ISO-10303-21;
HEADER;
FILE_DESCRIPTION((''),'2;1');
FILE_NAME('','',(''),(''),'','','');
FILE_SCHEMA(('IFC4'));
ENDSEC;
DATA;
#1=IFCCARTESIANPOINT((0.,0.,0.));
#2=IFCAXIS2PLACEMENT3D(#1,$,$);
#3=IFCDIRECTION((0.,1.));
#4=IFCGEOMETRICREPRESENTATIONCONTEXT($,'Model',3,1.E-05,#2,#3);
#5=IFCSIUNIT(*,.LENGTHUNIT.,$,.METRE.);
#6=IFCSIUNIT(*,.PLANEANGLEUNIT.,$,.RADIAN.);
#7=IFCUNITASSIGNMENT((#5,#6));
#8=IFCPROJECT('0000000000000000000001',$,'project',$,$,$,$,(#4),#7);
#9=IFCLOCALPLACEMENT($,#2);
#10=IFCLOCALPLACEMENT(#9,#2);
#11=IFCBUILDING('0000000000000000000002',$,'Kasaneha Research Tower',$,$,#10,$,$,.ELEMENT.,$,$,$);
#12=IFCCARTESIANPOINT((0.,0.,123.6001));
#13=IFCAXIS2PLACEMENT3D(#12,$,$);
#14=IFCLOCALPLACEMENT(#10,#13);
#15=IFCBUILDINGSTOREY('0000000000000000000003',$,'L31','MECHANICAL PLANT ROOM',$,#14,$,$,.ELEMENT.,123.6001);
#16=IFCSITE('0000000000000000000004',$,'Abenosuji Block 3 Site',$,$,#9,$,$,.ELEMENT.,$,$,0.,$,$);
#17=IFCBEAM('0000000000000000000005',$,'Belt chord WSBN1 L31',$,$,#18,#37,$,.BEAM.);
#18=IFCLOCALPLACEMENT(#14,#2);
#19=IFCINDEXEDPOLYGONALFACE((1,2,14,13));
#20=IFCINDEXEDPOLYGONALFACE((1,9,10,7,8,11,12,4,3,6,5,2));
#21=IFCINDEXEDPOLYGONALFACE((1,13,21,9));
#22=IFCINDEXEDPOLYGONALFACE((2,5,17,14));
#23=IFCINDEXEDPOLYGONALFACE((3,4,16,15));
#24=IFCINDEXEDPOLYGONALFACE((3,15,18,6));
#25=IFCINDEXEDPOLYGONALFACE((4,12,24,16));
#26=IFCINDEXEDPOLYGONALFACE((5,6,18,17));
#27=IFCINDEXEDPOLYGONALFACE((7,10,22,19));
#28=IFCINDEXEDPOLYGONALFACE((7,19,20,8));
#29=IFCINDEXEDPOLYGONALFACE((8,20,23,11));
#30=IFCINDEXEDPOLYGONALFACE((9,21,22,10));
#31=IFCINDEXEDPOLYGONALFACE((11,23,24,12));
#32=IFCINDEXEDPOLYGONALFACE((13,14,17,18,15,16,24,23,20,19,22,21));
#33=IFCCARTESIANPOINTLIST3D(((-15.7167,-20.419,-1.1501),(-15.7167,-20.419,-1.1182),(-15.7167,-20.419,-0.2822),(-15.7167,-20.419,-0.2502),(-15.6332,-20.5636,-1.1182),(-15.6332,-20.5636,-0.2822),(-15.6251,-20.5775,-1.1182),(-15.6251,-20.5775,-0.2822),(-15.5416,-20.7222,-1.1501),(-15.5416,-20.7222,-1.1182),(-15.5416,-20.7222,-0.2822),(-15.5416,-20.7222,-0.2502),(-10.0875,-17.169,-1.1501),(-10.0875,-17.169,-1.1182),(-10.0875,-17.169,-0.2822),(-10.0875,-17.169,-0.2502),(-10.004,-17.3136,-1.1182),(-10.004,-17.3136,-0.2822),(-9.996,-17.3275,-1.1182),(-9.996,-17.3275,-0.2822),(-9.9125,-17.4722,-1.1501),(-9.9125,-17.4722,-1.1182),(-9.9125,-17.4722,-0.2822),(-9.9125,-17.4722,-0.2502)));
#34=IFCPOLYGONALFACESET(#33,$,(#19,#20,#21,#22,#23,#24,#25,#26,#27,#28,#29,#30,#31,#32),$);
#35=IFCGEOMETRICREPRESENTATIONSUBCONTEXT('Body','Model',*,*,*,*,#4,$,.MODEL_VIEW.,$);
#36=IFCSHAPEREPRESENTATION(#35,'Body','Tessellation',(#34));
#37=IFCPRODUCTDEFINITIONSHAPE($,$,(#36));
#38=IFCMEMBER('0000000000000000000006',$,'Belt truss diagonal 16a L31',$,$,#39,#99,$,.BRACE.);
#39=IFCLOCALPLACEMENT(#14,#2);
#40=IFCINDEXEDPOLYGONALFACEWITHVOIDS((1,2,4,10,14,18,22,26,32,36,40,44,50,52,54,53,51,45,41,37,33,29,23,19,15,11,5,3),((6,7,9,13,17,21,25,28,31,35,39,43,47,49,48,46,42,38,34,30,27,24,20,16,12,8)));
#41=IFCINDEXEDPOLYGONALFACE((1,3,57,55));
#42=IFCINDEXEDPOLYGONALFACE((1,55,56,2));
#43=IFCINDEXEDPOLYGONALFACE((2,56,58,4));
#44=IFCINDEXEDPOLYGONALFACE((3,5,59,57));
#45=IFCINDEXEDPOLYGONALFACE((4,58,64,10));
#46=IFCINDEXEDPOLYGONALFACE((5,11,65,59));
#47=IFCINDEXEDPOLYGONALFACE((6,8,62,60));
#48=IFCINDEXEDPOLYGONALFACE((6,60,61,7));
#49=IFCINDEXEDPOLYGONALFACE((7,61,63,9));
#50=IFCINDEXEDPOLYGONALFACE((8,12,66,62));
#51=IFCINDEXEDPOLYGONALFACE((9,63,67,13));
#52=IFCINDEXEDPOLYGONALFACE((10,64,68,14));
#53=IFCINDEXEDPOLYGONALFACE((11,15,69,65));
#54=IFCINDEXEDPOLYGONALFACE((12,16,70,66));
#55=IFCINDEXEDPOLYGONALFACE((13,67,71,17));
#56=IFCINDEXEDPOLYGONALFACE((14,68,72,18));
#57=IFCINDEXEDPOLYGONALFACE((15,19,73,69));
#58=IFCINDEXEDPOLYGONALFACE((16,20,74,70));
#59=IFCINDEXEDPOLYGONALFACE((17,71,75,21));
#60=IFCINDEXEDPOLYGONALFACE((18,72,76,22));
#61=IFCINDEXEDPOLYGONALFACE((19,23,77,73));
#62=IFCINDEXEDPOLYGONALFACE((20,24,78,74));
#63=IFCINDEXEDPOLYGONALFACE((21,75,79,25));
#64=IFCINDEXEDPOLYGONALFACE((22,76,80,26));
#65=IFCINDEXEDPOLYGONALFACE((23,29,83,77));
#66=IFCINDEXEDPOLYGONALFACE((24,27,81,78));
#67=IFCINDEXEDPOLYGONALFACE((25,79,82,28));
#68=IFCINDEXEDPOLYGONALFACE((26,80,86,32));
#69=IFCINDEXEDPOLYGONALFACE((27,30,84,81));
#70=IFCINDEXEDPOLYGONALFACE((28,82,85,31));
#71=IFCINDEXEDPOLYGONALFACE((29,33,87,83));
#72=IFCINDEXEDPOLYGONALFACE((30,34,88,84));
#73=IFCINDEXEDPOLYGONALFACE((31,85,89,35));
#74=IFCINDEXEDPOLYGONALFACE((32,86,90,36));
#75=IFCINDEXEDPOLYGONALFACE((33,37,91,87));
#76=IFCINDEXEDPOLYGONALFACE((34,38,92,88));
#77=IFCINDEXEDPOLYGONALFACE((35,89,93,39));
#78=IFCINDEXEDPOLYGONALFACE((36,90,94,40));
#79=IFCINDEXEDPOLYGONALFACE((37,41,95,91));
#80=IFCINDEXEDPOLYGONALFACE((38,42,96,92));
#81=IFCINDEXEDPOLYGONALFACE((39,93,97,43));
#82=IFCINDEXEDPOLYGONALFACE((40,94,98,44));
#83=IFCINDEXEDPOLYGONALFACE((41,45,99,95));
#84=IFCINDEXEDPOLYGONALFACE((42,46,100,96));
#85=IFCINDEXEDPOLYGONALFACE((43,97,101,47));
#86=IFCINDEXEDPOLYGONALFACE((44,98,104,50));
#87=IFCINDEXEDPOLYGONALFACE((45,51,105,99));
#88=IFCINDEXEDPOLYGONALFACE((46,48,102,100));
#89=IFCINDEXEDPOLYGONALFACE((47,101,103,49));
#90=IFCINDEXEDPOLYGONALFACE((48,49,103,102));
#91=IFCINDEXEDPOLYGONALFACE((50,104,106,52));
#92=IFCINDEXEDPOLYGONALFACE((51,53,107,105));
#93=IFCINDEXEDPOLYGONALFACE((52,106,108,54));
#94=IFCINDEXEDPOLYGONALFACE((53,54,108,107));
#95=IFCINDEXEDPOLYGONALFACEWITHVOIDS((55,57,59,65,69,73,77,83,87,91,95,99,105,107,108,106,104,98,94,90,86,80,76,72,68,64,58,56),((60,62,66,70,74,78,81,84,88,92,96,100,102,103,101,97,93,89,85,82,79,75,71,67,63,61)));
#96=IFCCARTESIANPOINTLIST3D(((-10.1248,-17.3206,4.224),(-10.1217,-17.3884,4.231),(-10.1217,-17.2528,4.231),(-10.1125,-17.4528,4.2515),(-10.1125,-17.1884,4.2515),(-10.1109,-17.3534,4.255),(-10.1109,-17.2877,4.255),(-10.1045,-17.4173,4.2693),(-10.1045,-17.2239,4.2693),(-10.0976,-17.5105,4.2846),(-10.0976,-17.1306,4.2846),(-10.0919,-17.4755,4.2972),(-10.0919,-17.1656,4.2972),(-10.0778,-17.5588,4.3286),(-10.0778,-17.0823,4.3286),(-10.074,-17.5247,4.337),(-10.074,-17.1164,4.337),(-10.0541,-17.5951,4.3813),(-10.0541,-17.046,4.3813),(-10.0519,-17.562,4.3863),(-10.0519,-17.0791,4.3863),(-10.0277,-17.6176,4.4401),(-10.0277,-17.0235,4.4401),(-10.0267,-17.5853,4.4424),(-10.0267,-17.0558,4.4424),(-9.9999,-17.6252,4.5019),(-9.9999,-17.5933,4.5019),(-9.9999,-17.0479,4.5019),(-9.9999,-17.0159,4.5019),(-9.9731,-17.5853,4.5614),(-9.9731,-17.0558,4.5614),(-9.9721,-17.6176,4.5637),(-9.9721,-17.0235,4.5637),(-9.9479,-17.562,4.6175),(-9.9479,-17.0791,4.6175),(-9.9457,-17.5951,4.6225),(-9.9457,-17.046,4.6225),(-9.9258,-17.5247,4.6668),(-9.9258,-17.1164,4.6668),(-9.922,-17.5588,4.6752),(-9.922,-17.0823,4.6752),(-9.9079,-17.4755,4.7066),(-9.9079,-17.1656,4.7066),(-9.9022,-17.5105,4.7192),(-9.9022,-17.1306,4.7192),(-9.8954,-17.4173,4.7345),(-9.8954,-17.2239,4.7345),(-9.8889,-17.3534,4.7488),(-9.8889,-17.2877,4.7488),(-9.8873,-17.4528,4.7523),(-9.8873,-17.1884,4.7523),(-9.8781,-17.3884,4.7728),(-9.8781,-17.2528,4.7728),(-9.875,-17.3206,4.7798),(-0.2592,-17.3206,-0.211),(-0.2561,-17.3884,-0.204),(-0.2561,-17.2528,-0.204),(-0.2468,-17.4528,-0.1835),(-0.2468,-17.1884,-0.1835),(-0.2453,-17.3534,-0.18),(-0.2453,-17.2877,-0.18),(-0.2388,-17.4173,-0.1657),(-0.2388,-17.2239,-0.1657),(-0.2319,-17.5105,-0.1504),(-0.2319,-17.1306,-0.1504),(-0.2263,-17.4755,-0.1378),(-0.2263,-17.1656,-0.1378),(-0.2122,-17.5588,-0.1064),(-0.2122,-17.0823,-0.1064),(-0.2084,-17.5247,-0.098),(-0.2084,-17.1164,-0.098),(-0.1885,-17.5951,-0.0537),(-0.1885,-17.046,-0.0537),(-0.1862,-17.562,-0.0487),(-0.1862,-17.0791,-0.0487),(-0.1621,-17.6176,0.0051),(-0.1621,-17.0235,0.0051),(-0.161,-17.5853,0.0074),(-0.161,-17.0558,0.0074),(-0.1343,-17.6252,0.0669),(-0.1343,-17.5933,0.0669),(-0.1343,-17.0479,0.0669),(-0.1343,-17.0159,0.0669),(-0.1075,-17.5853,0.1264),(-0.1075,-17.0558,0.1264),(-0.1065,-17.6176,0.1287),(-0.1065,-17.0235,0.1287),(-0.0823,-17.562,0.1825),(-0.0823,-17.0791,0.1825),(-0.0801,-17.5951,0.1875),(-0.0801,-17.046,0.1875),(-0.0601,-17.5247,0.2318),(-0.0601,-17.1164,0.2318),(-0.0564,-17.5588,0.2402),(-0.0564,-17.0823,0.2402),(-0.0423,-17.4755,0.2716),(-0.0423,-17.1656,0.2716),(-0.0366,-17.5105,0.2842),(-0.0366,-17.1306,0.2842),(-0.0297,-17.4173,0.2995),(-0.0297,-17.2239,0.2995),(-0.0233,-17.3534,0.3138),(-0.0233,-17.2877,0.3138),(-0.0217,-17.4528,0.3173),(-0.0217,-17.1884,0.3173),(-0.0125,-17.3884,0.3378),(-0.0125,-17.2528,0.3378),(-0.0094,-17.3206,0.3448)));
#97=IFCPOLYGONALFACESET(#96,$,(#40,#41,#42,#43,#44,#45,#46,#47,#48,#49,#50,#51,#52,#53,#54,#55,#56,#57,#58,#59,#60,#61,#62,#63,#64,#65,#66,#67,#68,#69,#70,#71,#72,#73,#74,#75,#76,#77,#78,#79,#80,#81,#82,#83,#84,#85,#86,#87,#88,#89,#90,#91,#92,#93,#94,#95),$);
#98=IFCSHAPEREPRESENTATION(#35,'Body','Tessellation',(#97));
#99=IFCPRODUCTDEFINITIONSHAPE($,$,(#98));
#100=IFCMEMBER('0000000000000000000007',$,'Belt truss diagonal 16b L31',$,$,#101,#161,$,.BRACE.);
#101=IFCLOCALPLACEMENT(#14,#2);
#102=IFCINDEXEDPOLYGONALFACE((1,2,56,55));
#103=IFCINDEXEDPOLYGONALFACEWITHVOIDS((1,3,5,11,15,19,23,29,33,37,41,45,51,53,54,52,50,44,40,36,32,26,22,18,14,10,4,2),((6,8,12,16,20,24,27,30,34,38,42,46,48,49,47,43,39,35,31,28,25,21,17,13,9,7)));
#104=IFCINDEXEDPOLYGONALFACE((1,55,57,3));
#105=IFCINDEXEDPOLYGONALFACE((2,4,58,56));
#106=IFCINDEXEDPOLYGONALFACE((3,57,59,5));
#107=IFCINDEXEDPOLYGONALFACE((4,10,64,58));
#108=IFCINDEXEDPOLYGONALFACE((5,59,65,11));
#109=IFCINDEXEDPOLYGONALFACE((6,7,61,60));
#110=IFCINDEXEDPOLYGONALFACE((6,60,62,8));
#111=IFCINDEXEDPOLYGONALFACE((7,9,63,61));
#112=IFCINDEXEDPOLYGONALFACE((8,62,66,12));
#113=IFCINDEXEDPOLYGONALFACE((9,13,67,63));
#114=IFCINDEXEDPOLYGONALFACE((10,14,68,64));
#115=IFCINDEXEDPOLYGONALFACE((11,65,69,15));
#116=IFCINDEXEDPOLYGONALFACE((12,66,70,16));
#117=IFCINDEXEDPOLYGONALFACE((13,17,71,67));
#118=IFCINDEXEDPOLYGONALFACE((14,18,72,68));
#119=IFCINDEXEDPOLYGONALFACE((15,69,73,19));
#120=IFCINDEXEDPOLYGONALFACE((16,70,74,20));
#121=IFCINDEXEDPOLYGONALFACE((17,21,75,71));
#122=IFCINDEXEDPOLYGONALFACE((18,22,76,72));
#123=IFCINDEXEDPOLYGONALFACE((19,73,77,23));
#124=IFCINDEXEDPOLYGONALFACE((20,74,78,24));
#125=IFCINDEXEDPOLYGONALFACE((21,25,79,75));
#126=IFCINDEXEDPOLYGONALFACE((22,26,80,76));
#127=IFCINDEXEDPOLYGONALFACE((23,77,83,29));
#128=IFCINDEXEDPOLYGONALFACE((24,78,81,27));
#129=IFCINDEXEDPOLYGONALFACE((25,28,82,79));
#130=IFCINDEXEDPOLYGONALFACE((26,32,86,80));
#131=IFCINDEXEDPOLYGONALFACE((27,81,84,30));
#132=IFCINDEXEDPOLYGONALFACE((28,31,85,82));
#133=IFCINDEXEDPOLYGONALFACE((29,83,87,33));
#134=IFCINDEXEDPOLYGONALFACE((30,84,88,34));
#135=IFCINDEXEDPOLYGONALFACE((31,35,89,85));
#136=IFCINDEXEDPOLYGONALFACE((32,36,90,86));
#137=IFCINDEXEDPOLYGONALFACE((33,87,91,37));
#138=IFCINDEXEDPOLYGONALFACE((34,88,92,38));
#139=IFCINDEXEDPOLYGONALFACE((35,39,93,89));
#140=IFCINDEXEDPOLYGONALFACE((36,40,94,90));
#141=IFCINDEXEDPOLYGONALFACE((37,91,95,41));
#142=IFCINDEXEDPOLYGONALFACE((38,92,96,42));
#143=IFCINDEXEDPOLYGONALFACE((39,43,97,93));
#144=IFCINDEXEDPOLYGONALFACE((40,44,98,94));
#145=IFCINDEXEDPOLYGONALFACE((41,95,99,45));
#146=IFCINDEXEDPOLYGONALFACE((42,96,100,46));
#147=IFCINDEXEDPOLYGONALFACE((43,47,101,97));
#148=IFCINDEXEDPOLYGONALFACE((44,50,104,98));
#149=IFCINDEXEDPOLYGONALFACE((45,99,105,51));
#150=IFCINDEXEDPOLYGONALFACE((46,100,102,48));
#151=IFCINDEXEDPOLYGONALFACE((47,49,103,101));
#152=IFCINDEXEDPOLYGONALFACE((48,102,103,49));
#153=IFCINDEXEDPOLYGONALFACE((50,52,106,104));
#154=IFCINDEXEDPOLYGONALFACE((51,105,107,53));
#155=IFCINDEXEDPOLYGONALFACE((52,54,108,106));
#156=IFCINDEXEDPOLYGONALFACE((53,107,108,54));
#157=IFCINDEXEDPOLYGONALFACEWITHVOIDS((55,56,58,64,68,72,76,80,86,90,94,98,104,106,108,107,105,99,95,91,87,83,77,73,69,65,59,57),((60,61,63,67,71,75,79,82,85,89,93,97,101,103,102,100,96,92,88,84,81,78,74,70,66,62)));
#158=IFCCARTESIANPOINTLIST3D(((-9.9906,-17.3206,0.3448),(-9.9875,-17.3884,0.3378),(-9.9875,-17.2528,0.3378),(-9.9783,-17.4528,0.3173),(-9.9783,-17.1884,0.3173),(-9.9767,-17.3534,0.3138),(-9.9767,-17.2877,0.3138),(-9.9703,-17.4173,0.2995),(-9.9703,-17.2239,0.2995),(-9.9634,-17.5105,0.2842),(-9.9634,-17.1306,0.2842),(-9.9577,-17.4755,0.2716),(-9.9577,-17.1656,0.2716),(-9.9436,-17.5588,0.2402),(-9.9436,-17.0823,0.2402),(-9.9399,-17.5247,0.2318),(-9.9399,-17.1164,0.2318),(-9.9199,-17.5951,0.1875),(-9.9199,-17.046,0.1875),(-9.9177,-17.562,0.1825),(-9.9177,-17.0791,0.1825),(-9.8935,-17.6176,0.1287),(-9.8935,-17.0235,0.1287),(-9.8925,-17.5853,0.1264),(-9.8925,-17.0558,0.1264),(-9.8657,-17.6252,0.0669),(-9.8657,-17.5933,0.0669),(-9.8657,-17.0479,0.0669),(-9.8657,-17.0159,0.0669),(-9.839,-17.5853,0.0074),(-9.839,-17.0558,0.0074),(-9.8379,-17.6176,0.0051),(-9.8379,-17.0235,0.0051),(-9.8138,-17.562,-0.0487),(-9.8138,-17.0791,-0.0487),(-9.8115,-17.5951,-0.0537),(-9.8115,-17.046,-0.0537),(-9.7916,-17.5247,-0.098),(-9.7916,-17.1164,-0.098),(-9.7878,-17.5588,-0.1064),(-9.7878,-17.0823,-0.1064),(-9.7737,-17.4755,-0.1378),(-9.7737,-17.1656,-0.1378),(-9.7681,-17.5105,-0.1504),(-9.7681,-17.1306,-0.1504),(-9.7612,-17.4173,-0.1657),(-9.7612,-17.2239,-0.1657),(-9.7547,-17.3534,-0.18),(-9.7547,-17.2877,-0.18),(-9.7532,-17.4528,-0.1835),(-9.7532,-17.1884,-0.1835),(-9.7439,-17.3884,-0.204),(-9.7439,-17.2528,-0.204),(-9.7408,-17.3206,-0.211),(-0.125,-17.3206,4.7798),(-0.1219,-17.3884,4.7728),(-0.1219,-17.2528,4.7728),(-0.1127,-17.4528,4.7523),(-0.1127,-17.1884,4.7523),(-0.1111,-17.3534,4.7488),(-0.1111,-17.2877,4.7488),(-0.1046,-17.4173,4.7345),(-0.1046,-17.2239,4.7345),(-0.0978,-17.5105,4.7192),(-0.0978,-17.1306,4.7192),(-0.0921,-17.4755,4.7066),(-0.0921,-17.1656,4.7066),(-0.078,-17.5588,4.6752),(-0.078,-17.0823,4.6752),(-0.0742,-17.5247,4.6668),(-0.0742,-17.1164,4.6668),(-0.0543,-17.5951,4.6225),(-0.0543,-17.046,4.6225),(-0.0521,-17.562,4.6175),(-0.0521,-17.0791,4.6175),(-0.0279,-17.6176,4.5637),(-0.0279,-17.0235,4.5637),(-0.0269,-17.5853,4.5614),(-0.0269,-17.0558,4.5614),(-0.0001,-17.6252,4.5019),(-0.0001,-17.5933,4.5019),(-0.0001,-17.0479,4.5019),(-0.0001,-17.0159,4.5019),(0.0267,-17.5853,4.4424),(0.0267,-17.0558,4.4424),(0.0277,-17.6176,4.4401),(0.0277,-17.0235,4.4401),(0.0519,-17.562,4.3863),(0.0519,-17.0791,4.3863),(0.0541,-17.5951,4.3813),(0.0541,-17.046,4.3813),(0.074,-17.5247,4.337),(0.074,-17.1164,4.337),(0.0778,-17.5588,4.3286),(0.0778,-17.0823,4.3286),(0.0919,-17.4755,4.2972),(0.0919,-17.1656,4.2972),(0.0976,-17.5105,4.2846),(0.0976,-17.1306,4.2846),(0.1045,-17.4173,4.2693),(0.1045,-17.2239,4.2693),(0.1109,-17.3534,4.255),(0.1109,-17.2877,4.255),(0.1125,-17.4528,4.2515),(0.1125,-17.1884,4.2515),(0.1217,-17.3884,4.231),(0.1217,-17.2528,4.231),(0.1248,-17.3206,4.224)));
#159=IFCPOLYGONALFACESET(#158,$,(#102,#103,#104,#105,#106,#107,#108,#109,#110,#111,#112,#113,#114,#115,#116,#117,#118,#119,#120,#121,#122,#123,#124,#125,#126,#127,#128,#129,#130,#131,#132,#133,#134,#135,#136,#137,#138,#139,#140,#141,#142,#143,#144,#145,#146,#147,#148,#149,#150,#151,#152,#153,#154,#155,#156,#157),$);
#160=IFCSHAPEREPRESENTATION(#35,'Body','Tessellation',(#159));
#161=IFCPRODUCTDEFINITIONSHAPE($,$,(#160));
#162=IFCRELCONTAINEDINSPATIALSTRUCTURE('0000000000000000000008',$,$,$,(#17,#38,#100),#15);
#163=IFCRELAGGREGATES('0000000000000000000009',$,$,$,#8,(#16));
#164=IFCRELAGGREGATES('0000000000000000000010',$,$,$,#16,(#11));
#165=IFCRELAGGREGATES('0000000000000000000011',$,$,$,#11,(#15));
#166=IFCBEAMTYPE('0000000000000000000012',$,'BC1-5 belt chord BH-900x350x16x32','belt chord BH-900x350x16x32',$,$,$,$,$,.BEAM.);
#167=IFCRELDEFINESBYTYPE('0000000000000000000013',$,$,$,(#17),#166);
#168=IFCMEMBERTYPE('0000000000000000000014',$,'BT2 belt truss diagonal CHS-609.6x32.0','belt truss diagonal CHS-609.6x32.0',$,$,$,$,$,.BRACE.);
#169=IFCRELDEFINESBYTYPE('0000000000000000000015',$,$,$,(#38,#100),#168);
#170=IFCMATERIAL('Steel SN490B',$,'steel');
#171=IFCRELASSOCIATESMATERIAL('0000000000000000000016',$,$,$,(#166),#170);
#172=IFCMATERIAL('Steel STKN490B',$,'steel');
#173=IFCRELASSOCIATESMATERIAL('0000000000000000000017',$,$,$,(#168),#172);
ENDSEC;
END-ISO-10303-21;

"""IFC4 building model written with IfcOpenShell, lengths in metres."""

from ifc_helpers import new_model, si_unit, direction, frame, origin, origin_2d, place, context, subcontext, project, spatial, hollow_circle, i_section, extrude, material, material_profile, profile_set, type_object, element, save


model = new_model("IFC4")

# Units and contexts
model_context = context("Model", 3, precision=1e-05, world=origin(), true_north=direction((0.0, 1.0)))
body_context = subcontext(model_context, "Body", "Model", "MODEL_VIEW")
ifc_project = project(units=[si_unit("LENGTHUNIT", "METRE"), si_unit("PLANEANGLEUNIT", "RADIAN")], contexts=[model_context])

# Site, building, storey
site_placement = place(None, origin())
site = spatial("IfcSite", under=ifc_project, at=site_placement, Name="Abenosuji Block 3 Site", CompositionType="ELEMENT", RefElevation=0.0)
building_placement = place(site_placement, origin())
building = spatial("IfcBuilding", under=site, at=building_placement, Name="Kasaneha Research Tower", CompositionType="ELEMENT")
storey_placement = place(building_placement, frame((0.0, 0.0, 123.6001)))
storey = spatial("IfcBuildingStorey", under=building, at=storey_placement, Name="L31", Description="MECHANICAL PLANT ROOM", CompositionType="ELEMENT", Elevation=123.6001)

# Beam
ifc_material_1 = material(Name="Steel SN490B", Category="steel")
ifc_material_profile_1 = material_profile(ifc_material_1, i_section(OverallWidth=0.3501, OverallDepth=0.8999, WebThickness=0.0161, FlangeThickness=0.032, at=origin_2d()), Name="BH-900x350x16x32")
ifc_profile_set_1 = profile_set([ifc_material_profile_1], Name="Steel SN490B")
beam_type_1 = type_object("IfcBeamType", Name="BC1-5 belt chord BH-900x350x16x32", Description="belt chord BH-900x350x16x32", PredefinedType="BEAM", material=ifc_profile_set_1)
beam_1_placement = place(storey_placement, frame((-10.0, -17.3206, -0.7002), z_axis=(-0.866025, -0.500001, 0.0), x_axis=(0.500001, -0.866025, 0.0)))
element("IfcBeam", 1, at=beam_1_placement, inside=storey, type_object=beam_type_1, Name="Belt chord WSBN1 L31", PredefinedType="BEAM", context=body_context, shape_type="SweptSolid", body=[
    extrude(i_section(OverallWidth=0.3501, OverallDepth=0.8999, WebThickness=0.0161, FlangeThickness=0.032, at=origin_2d()), origin(), (0.0, 0.0, 1.0), 6.5),
])

# Members
ifc_material_2 = material(Name="Steel STKN490B", Category="steel")
ifc_material_profile_2 = material_profile(ifc_material_2, hollow_circle(Radius=0.3047, WallThickness=0.032, at=origin_2d()), Name="CHS-609.6x32.0")
ifc_profile_set_2 = profile_set([ifc_material_profile_2], Name="Steel STKN490B")
member_type = type_object("IfcMemberType", Name="BT2 belt truss diagonal CHS-609.6x32.0", Description="belt truss diagonal CHS-609.6x32.0", PredefinedType="BRACE", material=ifc_profile_set_2)
for number, where, z_axis, x_axis, name in (
    (2, (-0.1343, -17.3206, 0.0669), (-0.912078, 0.0, 0.410017), (0.0, -1.0, 0.0), "Belt truss diagonal 16a L31"),
    (3, (-9.8657, -17.3206, 0.0669), (0.912078, 0.0, 0.410017), (0.0, 1.0, 0.0), "Belt truss diagonal 16b L31"),
):
    element("IfcMember", number, at=place(storey_placement, frame(where, z_axis=z_axis, x_axis=x_axis)), inside=storey, type_object=member_type, Name=name, PredefinedType="BRACE", context=body_context, shape_type="SweptSolid", body=[
        extrude(hollow_circle(Radius=0.3047, WallThickness=0.032, at=origin_2d()), origin(), (0.0, 0.0, 1.0), 10.8167),
    ])

save(model, "model.ifc")
